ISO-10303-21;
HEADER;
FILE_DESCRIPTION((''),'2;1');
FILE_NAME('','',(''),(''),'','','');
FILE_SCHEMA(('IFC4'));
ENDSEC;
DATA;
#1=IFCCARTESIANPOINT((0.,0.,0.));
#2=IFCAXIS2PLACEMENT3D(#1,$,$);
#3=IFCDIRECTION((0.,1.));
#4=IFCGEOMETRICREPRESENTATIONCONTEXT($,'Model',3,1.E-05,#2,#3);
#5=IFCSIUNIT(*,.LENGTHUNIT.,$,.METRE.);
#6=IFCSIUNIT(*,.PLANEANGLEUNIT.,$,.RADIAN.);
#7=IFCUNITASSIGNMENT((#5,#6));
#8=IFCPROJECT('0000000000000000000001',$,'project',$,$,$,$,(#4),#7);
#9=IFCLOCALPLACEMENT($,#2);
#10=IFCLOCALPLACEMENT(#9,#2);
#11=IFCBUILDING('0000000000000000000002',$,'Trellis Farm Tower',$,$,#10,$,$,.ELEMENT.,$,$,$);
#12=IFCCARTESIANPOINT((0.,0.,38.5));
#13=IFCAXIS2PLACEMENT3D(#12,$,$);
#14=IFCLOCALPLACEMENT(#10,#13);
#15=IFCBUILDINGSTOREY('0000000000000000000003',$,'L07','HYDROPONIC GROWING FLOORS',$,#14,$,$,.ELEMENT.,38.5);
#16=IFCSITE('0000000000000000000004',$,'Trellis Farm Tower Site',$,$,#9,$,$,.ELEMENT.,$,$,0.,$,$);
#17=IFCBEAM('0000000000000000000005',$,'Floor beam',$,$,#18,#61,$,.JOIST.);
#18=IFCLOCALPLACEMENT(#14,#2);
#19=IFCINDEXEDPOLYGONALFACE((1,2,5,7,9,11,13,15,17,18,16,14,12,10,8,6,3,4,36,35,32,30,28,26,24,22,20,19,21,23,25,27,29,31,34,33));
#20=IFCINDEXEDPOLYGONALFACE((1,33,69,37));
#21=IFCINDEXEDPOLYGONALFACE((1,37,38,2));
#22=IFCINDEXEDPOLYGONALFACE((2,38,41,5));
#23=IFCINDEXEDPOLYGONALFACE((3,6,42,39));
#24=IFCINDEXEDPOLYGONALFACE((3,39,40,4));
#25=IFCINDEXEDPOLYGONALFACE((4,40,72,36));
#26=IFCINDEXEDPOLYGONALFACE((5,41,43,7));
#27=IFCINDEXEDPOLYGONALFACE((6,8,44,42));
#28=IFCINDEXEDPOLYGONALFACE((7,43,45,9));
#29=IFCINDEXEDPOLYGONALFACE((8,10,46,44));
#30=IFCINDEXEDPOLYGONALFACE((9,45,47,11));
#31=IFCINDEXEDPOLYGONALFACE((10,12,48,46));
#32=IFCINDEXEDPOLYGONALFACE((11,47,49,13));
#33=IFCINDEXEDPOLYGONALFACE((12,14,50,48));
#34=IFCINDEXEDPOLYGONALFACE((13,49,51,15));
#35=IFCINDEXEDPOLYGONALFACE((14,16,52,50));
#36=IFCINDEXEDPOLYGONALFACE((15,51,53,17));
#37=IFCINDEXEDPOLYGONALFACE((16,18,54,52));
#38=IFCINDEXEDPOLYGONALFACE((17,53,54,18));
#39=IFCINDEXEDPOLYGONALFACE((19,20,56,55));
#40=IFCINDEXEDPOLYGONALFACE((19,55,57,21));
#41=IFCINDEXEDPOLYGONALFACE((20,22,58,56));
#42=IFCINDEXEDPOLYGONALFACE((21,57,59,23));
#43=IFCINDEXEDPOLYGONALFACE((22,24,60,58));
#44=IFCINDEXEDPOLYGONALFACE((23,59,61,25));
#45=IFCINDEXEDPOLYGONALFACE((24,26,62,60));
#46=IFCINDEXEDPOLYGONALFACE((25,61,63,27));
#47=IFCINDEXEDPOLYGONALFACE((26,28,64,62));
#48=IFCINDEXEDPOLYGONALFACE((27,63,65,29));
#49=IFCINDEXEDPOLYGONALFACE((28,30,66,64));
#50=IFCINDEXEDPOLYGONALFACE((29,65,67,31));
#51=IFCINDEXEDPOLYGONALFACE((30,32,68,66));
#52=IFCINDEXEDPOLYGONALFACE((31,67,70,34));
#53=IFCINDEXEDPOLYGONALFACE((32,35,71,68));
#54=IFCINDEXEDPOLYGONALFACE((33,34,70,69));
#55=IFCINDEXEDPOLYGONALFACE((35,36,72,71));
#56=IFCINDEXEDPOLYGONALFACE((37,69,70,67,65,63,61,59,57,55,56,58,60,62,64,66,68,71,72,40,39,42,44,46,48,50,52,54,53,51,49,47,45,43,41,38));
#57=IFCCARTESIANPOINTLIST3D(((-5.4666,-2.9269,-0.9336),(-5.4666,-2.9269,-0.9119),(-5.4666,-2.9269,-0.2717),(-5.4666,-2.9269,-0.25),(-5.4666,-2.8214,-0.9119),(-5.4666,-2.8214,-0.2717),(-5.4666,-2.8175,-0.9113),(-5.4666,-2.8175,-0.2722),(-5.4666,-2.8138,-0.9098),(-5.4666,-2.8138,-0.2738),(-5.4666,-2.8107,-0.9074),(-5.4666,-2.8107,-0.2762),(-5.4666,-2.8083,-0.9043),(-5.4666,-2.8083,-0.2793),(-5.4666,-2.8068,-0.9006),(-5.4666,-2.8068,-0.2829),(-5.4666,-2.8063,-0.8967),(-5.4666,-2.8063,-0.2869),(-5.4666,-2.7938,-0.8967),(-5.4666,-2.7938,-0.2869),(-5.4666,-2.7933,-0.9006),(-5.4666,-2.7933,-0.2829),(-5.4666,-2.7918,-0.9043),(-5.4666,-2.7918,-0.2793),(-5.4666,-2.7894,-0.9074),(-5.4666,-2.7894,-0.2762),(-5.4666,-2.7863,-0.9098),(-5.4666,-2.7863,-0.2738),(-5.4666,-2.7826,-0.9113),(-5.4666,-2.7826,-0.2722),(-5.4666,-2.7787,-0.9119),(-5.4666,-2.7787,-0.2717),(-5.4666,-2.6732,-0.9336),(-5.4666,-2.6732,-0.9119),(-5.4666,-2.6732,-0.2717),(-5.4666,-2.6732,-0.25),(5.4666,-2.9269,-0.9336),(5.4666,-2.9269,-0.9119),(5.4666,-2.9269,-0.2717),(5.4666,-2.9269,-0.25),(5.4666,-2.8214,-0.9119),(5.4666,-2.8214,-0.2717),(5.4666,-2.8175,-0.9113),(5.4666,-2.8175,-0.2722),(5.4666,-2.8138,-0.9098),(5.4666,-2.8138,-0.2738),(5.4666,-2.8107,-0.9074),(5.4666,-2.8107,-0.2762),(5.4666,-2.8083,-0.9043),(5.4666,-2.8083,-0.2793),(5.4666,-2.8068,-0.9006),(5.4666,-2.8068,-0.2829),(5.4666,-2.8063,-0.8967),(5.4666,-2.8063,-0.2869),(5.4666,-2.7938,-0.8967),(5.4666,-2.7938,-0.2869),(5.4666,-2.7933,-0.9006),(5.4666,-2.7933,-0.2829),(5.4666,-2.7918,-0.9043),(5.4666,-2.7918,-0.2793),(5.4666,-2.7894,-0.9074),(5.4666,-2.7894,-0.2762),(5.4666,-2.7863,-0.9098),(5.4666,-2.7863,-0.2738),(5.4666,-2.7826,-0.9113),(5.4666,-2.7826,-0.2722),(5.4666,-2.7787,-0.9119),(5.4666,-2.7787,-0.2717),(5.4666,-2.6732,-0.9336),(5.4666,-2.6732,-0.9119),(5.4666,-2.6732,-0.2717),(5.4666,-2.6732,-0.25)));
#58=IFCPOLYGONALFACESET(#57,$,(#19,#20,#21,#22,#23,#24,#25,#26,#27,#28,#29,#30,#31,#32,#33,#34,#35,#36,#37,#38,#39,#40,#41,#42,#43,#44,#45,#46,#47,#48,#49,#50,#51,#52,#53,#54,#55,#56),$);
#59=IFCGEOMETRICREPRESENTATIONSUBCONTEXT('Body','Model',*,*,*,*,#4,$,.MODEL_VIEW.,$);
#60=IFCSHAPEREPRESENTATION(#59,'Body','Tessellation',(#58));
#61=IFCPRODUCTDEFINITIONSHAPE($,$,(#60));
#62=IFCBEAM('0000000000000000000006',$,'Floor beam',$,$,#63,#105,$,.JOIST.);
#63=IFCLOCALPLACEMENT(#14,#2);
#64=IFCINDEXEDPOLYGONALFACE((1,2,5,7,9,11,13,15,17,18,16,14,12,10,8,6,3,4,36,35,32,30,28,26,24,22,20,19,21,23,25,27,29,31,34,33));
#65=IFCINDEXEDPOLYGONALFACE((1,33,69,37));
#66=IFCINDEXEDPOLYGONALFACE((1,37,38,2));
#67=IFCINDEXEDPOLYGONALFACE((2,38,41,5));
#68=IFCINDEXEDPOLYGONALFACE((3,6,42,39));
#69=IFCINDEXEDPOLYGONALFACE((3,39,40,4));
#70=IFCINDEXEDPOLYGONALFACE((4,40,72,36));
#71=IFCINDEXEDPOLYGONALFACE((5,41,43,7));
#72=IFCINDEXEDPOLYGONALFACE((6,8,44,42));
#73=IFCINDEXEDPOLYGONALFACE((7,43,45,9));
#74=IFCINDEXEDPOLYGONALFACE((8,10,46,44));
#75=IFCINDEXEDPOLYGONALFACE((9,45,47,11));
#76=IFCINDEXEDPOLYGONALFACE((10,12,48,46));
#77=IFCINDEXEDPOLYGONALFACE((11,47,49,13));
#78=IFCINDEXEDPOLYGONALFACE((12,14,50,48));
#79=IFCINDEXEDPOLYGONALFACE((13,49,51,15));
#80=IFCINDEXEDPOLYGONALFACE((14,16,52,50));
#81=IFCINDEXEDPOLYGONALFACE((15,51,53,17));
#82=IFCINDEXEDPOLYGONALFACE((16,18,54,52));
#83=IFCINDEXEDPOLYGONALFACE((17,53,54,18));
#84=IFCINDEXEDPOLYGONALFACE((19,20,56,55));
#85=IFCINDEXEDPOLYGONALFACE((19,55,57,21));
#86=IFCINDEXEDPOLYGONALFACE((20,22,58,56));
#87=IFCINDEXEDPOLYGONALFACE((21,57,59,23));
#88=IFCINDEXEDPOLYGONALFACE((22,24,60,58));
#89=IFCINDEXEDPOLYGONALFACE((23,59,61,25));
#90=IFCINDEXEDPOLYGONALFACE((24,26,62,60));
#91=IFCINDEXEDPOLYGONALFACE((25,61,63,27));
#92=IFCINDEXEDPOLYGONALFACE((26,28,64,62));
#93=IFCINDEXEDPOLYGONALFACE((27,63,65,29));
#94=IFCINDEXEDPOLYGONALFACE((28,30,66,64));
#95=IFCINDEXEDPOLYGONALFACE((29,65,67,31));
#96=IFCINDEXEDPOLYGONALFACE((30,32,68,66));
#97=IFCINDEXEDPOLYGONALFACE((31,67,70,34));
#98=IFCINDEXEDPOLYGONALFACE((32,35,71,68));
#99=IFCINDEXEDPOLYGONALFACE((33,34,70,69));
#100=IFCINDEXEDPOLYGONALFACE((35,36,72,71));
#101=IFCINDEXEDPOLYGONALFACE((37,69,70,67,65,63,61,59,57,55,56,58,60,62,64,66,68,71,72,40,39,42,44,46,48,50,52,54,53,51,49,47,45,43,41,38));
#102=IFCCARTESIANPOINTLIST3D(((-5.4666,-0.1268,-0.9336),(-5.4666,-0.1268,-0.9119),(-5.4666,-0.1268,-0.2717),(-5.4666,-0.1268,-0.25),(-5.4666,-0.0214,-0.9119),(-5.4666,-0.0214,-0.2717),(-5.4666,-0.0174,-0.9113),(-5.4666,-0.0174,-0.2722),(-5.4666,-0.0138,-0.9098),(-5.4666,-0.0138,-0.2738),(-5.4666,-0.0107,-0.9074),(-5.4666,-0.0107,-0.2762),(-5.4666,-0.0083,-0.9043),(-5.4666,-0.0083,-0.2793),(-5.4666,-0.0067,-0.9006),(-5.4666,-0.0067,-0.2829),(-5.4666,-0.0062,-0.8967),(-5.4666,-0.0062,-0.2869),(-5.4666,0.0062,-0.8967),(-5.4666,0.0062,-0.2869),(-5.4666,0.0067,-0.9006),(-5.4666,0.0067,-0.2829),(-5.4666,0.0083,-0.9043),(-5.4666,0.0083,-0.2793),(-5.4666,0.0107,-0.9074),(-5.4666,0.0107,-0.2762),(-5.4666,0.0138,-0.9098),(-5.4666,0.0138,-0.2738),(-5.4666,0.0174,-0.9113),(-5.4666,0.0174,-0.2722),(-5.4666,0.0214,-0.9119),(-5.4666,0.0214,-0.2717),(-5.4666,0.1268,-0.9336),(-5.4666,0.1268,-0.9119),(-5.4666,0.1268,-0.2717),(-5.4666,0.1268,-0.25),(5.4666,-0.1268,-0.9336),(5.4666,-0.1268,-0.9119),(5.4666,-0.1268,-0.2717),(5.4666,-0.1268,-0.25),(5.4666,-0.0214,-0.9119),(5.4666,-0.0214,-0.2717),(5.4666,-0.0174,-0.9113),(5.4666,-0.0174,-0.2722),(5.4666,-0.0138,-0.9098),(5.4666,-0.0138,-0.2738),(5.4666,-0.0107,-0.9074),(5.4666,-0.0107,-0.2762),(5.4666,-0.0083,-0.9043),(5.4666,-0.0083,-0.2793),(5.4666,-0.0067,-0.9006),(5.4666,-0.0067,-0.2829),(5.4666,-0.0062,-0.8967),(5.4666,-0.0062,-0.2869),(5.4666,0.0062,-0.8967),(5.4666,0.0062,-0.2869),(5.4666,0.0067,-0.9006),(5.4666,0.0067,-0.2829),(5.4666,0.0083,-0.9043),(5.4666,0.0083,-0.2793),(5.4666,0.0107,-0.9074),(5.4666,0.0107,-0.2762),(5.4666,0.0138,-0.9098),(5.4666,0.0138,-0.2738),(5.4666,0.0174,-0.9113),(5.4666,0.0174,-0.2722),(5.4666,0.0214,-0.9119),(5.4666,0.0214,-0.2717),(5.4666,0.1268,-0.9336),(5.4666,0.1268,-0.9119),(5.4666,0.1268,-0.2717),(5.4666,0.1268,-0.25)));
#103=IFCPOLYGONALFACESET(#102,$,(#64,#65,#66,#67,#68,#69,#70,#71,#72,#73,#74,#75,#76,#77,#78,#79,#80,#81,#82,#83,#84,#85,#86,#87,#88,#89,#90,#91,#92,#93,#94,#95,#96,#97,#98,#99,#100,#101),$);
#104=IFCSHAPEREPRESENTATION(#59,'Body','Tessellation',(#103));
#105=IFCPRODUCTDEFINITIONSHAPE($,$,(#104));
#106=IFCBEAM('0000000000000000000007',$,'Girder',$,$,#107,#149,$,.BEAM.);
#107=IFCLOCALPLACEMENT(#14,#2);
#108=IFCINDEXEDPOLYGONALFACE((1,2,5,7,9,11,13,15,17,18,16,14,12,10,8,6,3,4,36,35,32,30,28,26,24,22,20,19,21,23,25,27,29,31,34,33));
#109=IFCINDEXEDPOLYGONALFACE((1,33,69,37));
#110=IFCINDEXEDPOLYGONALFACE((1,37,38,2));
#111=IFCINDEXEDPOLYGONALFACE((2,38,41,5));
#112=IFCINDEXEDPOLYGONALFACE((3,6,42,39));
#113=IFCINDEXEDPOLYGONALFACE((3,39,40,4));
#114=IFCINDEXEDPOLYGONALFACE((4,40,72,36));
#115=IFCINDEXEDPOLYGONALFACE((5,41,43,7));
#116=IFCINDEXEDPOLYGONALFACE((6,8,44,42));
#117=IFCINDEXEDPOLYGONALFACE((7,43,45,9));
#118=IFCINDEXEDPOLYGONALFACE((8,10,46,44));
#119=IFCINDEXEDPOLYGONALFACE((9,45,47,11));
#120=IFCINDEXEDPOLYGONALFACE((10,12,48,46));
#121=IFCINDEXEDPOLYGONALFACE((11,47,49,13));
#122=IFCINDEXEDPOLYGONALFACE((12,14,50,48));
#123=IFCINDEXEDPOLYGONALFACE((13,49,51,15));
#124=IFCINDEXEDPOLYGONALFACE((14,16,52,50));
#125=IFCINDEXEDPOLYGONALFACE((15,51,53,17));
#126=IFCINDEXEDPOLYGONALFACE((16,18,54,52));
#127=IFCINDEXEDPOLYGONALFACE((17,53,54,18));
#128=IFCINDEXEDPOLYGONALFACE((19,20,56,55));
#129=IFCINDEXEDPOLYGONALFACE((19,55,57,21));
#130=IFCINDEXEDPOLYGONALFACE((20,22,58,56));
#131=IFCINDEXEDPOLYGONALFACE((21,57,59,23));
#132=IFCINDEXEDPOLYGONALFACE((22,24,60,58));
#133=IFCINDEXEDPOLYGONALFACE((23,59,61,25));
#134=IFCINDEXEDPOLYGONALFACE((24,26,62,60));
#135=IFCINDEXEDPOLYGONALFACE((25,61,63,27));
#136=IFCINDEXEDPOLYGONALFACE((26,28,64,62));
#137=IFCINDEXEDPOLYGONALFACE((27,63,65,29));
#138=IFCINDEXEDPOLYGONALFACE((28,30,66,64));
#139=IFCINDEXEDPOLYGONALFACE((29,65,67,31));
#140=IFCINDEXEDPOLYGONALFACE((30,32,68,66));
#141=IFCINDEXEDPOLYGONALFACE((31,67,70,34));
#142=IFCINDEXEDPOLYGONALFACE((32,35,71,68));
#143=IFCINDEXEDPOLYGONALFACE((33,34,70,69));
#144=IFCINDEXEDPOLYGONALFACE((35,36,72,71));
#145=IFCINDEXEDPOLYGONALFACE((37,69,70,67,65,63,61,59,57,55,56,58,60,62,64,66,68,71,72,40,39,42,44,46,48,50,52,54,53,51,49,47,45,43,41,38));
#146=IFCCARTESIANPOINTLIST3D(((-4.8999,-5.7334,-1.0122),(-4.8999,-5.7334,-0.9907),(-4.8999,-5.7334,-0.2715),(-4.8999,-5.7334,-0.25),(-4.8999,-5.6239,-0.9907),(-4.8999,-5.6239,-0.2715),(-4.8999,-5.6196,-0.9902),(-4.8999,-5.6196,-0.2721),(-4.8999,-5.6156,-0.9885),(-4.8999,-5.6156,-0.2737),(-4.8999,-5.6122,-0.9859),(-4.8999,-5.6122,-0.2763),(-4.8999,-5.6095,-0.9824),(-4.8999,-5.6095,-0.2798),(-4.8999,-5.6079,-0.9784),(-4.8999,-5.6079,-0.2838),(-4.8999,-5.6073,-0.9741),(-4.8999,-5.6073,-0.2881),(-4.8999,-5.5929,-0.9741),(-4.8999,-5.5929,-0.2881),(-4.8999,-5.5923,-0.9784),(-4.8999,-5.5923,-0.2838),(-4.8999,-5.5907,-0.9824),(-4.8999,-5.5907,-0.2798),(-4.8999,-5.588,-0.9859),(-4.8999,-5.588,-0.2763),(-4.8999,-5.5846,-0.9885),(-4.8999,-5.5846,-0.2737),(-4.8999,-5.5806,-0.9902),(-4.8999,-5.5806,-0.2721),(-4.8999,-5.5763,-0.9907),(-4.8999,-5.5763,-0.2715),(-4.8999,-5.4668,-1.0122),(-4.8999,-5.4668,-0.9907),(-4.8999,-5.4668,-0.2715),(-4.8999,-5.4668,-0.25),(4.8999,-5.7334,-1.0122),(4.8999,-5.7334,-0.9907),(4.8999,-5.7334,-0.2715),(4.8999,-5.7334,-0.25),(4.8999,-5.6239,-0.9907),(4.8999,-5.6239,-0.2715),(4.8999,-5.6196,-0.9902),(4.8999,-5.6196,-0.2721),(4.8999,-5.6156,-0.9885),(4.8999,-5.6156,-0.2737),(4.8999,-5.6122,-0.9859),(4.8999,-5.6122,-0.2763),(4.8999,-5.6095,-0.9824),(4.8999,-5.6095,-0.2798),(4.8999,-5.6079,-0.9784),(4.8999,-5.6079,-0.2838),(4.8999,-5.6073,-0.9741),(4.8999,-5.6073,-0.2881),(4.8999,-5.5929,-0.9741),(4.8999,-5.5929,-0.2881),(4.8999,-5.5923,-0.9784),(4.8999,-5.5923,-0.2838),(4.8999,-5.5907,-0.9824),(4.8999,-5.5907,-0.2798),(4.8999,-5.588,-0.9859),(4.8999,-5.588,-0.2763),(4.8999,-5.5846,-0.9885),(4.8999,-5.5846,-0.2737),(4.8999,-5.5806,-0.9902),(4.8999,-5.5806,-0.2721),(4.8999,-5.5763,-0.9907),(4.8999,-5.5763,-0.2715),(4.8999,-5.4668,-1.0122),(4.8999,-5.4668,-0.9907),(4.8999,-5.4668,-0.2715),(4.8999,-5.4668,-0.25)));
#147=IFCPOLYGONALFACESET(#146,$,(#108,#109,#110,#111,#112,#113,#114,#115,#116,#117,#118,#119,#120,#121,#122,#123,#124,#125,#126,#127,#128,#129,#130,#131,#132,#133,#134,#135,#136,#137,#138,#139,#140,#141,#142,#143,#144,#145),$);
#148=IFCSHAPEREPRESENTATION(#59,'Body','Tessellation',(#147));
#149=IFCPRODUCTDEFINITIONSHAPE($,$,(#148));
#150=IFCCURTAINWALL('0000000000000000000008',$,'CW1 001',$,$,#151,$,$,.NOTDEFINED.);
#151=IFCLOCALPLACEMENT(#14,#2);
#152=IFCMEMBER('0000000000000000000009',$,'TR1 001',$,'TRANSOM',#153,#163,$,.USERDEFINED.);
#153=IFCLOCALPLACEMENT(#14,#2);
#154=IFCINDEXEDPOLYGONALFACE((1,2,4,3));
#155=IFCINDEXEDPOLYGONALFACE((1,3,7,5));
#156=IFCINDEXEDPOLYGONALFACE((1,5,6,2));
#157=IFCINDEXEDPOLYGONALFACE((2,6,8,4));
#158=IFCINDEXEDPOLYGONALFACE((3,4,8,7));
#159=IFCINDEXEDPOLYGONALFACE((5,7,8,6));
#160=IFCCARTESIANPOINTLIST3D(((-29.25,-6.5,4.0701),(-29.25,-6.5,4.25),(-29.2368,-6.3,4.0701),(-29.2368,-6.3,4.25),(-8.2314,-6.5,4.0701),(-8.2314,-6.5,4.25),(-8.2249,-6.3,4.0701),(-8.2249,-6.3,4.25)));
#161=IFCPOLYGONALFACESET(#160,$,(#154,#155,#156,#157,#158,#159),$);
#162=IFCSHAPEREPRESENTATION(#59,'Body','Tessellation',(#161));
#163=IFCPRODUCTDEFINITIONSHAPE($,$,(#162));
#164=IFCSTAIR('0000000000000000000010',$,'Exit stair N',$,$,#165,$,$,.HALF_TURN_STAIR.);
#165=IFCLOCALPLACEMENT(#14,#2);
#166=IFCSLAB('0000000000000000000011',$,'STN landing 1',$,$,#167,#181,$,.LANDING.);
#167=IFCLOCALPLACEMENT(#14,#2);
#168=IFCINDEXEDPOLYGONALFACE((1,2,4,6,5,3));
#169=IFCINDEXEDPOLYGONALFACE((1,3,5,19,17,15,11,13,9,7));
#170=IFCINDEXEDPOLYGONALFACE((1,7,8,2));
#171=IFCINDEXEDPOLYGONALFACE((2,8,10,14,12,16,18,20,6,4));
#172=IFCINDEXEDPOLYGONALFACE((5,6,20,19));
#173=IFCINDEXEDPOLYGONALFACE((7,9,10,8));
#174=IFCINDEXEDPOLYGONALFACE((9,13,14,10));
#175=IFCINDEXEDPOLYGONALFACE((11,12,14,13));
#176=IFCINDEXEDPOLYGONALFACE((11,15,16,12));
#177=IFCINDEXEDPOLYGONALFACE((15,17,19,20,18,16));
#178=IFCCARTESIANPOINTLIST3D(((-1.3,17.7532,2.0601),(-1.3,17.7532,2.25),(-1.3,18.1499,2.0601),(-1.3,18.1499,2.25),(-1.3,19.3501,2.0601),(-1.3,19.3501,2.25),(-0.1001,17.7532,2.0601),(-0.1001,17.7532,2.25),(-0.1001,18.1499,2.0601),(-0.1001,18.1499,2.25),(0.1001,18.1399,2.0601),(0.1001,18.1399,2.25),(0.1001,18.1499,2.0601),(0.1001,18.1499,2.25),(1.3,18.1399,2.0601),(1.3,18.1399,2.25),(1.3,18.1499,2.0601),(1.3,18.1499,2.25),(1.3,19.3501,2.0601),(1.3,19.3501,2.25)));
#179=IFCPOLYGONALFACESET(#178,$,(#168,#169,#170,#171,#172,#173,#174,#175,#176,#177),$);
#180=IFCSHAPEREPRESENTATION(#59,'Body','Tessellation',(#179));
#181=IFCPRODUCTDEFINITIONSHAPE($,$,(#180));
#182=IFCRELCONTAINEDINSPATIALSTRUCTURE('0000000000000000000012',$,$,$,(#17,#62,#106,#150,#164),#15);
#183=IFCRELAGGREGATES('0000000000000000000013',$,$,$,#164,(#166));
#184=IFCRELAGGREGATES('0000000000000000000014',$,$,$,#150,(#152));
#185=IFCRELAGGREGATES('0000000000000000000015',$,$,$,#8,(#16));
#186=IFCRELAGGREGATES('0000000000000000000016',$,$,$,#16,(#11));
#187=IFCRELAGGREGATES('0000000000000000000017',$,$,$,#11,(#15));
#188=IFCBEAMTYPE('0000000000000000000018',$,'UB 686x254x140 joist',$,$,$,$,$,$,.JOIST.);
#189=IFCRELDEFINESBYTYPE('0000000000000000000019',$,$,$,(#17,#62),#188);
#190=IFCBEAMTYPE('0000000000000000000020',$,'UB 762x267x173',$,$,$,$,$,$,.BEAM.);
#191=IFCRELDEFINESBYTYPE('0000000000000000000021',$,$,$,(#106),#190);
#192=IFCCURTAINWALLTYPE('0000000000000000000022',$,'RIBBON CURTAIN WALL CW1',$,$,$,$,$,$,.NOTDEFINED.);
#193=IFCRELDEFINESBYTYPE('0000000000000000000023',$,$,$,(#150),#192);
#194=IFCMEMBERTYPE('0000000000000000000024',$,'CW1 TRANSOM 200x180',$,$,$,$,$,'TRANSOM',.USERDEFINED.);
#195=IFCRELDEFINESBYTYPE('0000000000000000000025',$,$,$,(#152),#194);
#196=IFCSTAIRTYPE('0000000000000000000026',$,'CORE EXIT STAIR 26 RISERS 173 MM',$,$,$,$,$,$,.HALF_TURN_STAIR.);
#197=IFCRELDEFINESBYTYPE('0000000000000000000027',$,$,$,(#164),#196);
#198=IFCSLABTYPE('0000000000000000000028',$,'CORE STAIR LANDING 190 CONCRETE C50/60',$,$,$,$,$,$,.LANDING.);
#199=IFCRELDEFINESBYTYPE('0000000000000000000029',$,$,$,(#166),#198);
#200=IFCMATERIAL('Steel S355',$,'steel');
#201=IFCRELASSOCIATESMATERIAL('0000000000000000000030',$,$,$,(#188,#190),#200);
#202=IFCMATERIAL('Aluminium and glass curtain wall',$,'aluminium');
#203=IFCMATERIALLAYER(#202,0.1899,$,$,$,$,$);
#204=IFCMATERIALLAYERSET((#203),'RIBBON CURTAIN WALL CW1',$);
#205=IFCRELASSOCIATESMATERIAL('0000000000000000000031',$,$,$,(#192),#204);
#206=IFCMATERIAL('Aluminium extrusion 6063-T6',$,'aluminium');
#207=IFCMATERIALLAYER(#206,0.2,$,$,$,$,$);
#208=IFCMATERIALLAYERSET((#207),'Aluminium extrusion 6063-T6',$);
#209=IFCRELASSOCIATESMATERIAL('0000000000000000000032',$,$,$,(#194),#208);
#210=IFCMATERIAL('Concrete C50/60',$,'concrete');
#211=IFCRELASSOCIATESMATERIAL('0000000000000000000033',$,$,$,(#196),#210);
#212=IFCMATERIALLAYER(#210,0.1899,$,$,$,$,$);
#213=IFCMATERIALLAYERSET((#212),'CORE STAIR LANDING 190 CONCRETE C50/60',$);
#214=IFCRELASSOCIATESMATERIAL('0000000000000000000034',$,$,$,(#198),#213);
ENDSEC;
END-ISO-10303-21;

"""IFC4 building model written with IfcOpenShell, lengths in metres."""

from ifc_helpers import new_model, si_unit, direction, frame, origin, origin_2d, place, context, subcontext, project, spatial, polyline, i_section, outline, extrude, source, transform, mapped, material, layer, layer_set, material_profile, profile_set, type_object, element, aggregate, save


model = new_model("IFC4")

# Units and contexts
model_context = context("Model", 3, precision=1e-05, world=origin(), true_north=direction((0.0, 1.0)))
body_context = subcontext(model_context, "Body", "Model", "MODEL_VIEW")
ifc_project = project(units=[si_unit("LENGTHUNIT", "METRE"), si_unit("PLANEANGLEUNIT", "RADIAN")], contexts=[model_context])

# Site, building, storey
site_placement = place(None, origin())
site = spatial("IfcSite", under=ifc_project, at=site_placement, Name="Trellis Farm Tower Site", CompositionType="ELEMENT", RefElevation=0.0)
building_placement = place(site_placement, origin())
building = spatial("IfcBuilding", under=site, at=building_placement, Name="Trellis Farm Tower", CompositionType="ELEMENT")
storey_placement = place(building_placement, frame((0.0, 0.0, 38.5)))
storey = spatial("IfcBuildingStorey", under=building, at=storey_placement, Name="L07", Description="HYDROPONIC GROWING FLOORS", CompositionType="ELEMENT", Elevation=38.5)

# Beams
ifc_material_1 = material(Name="Steel S355", Category="steel")
ifc_material_profile_1 = material_profile(ifc_material_1, i_section(OverallWidth=0.2537, OverallDepth=0.6836, WebThickness=0.0125, FlangeThickness=0.0217, FilletRadius=0.0151, at=origin_2d()), Name="UB 686x254x140")
ifc_profile_set_1 = profile_set([ifc_material_profile_1], Name="Steel S355")
beam_type_1 = type_object("IfcBeamType", Name="UB 686x254x140 joist", PredefinedType="JOIST", material=ifc_profile_set_1)
shared_shape_1 = source(origin(), body_context, "Body", "SweptSolid", [
    extrude(i_section(OverallWidth=0.2537, OverallDepth=0.6836, WebThickness=0.0125, FlangeThickness=0.0217, FilletRadius=0.0151, at=origin_2d()), origin(), (0.0, 0.0, 1.0), 10.9331),
])
for number, where, z_axis, x_axis, name in (
    (1, (-5.4666, -2.8, -0.5918), (1.0, 0.0, 0.0), (0.0, 1.0, 0.0), "Floor beam"),
    (2, (-5.4666, 0.0, -0.5918), (1.0, 0.0, 0.0), (0.0, 1.0, 0.0), "Floor beam"),
):
    element("IfcBeam", number, at=place(storey_placement, frame(where, z_axis=z_axis, x_axis=x_axis)), inside=storey, type_object=beam_type_1, Name=name, PredefinedType="JOIST", context=body_context, shape_type="MappedRepresentation", body=[
        mapped(shared_shape_1, transform((0.0, 0.0, 0.0))),
    ])
ifc_material_profile_2 = material_profile(ifc_material_1, i_section(OverallWidth=0.2666, OverallDepth=0.7622, WebThickness=0.0144, FlangeThickness=0.0215, FilletRadius=0.0166, at=origin_2d()), Name="UB 762x267x173")
ifc_profile_set_2 = profile_set([ifc_material_profile_2], Name="Steel S355")
beam_type_2 = type_object("IfcBeamType", Name="UB 762x267x173", PredefinedType="BEAM", material=ifc_profile_set_2)
shared_shape_2 = source(origin(), body_context, "Body", "SweptSolid", [
    extrude(i_section(OverallWidth=0.2666, OverallDepth=0.7622, WebThickness=0.0144, FlangeThickness=0.0215, FilletRadius=0.0166, at=origin_2d()), origin(), (0.0, 0.0, 1.0), 9.7998),
])
beam_placement = place(storey_placement, frame((-4.8999, -5.6001, -0.6311), z_axis=(1.0, 0.0, 0.0), x_axis=(0.0, 1.0, 0.0)))
element("IfcBeam", 3, at=beam_placement, inside=storey, type_object=beam_type_2, Name="Girder", PredefinedType="BEAM", context=body_context, shape_type="MappedRepresentation", body=[
    mapped(shared_shape_2, transform((0.0, 0.0, 0.0))),
])

# Curtain wall, member
ifc_material_2 = material(Name="Aluminium and glass curtain wall", Category="aluminium")
ifc_layer_1 = layer(ifc_material_2, 0.1899)
ifc_layer_set_1 = layer_set([ifc_layer_1], Name="RIBBON CURTAIN WALL CW1")
curtain_wall_type = type_object("IfcCurtainWallType", Name="RIBBON CURTAIN WALL CW1", PredefinedType="NOTDEFINED", material=ifc_layer_set_1)
placement_1 = place(storey_placement, origin())
curtain_wall = element("IfcCurtainWall", 4, at=placement_1, inside=storey, type_object=curtain_wall_type, Name="CW1 001", PredefinedType="NOTDEFINED")
ifc_material_3 = material(Name="Aluminium extrusion 6063-T6", Category="aluminium")
ifc_layer_2 = layer(ifc_material_3, 0.2)
ifc_layer_set_2 = layer_set([ifc_layer_2], Name="Aluminium extrusion 6063-T6")
member_type = type_object("IfcMemberType", Name="CW1 TRANSOM 200x180", ElementType="TRANSOM", PredefinedType="USERDEFINED", material=ifc_layer_set_2)
shared_shape_3 = source(origin(), body_context, "Body", "SweptSolid", [
    extrude(outline(polyline([(-29.25, -6.5), (-8.2314, -6.5), (-8.2249, -6.3), (-29.2368, -6.3), (-29.25, -6.5)])), origin(), (0.0, 0.0, 1.0), 0.1799),
])
member_placement = place(storey_placement, frame((0.0, 0.0, 4.0701)))
member = element("IfcMember", 5, at=member_placement, type_object=member_type, Name="TR1 001", ObjectType="TRANSOM", PredefinedType="USERDEFINED", context=body_context, shape_type="MappedRepresentation", body=[
    mapped(shared_shape_3, transform((0.0, 0.0, 0.0))),
])

# Stair, slab
ifc_material_4 = material(Name="Concrete C50/60", Category="concrete")
stair_type = type_object("IfcStairType", Name="CORE EXIT STAIR 26 RISERS 173 MM", PredefinedType="HALF_TURN_STAIR", material=ifc_material_4)
stair_1 = element("IfcStair", 6, at=placement_1, inside=storey, type_object=stair_type, Name="Exit stair N", PredefinedType="HALF_TURN_STAIR")
ifc_layer_3 = layer(ifc_material_4, 0.1899)
ifc_layer_set_3 = layer_set([ifc_layer_3], Name="CORE STAIR LANDING 190 CONCRETE C50/60")
slab_type_1 = type_object("IfcSlabType", Name="CORE STAIR LANDING 190 CONCRETE C50/60", PredefinedType="LANDING", material=ifc_layer_set_3)
shared_shape_4 = source(origin(), body_context, "Body", "SweptSolid", [
    extrude(outline(polyline([(-0.1001, 17.7532), (-1.3, 17.7532), (-1.3, 18.1499), (-1.3, 19.3501), (1.3, 19.3501), (1.3, 18.1499), (1.3, 18.1399), (0.1001, 18.1399), (0.1001, 18.1499), (-0.1001, 18.1499), (-0.1001, 17.7532)])), origin(), (0.0, 0.0, 1.0), 0.1899),
])
placement_2 = place(storey_placement, frame((0.0, 0.0, 2.0601)))
slab_1 = element("IfcSlab", 7, at=placement_2, type_object=slab_type_1, Name="STN landing 1", PredefinedType="LANDING", context=body_context, shape_type="MappedRepresentation", body=[
    mapped(shared_shape_4, transform((0.0, 0.0, 0.0))),
])
aggregate(stair_1, [slab_1])

aggregate(curtain_wall, [member])

save(model, "model.ifc")
